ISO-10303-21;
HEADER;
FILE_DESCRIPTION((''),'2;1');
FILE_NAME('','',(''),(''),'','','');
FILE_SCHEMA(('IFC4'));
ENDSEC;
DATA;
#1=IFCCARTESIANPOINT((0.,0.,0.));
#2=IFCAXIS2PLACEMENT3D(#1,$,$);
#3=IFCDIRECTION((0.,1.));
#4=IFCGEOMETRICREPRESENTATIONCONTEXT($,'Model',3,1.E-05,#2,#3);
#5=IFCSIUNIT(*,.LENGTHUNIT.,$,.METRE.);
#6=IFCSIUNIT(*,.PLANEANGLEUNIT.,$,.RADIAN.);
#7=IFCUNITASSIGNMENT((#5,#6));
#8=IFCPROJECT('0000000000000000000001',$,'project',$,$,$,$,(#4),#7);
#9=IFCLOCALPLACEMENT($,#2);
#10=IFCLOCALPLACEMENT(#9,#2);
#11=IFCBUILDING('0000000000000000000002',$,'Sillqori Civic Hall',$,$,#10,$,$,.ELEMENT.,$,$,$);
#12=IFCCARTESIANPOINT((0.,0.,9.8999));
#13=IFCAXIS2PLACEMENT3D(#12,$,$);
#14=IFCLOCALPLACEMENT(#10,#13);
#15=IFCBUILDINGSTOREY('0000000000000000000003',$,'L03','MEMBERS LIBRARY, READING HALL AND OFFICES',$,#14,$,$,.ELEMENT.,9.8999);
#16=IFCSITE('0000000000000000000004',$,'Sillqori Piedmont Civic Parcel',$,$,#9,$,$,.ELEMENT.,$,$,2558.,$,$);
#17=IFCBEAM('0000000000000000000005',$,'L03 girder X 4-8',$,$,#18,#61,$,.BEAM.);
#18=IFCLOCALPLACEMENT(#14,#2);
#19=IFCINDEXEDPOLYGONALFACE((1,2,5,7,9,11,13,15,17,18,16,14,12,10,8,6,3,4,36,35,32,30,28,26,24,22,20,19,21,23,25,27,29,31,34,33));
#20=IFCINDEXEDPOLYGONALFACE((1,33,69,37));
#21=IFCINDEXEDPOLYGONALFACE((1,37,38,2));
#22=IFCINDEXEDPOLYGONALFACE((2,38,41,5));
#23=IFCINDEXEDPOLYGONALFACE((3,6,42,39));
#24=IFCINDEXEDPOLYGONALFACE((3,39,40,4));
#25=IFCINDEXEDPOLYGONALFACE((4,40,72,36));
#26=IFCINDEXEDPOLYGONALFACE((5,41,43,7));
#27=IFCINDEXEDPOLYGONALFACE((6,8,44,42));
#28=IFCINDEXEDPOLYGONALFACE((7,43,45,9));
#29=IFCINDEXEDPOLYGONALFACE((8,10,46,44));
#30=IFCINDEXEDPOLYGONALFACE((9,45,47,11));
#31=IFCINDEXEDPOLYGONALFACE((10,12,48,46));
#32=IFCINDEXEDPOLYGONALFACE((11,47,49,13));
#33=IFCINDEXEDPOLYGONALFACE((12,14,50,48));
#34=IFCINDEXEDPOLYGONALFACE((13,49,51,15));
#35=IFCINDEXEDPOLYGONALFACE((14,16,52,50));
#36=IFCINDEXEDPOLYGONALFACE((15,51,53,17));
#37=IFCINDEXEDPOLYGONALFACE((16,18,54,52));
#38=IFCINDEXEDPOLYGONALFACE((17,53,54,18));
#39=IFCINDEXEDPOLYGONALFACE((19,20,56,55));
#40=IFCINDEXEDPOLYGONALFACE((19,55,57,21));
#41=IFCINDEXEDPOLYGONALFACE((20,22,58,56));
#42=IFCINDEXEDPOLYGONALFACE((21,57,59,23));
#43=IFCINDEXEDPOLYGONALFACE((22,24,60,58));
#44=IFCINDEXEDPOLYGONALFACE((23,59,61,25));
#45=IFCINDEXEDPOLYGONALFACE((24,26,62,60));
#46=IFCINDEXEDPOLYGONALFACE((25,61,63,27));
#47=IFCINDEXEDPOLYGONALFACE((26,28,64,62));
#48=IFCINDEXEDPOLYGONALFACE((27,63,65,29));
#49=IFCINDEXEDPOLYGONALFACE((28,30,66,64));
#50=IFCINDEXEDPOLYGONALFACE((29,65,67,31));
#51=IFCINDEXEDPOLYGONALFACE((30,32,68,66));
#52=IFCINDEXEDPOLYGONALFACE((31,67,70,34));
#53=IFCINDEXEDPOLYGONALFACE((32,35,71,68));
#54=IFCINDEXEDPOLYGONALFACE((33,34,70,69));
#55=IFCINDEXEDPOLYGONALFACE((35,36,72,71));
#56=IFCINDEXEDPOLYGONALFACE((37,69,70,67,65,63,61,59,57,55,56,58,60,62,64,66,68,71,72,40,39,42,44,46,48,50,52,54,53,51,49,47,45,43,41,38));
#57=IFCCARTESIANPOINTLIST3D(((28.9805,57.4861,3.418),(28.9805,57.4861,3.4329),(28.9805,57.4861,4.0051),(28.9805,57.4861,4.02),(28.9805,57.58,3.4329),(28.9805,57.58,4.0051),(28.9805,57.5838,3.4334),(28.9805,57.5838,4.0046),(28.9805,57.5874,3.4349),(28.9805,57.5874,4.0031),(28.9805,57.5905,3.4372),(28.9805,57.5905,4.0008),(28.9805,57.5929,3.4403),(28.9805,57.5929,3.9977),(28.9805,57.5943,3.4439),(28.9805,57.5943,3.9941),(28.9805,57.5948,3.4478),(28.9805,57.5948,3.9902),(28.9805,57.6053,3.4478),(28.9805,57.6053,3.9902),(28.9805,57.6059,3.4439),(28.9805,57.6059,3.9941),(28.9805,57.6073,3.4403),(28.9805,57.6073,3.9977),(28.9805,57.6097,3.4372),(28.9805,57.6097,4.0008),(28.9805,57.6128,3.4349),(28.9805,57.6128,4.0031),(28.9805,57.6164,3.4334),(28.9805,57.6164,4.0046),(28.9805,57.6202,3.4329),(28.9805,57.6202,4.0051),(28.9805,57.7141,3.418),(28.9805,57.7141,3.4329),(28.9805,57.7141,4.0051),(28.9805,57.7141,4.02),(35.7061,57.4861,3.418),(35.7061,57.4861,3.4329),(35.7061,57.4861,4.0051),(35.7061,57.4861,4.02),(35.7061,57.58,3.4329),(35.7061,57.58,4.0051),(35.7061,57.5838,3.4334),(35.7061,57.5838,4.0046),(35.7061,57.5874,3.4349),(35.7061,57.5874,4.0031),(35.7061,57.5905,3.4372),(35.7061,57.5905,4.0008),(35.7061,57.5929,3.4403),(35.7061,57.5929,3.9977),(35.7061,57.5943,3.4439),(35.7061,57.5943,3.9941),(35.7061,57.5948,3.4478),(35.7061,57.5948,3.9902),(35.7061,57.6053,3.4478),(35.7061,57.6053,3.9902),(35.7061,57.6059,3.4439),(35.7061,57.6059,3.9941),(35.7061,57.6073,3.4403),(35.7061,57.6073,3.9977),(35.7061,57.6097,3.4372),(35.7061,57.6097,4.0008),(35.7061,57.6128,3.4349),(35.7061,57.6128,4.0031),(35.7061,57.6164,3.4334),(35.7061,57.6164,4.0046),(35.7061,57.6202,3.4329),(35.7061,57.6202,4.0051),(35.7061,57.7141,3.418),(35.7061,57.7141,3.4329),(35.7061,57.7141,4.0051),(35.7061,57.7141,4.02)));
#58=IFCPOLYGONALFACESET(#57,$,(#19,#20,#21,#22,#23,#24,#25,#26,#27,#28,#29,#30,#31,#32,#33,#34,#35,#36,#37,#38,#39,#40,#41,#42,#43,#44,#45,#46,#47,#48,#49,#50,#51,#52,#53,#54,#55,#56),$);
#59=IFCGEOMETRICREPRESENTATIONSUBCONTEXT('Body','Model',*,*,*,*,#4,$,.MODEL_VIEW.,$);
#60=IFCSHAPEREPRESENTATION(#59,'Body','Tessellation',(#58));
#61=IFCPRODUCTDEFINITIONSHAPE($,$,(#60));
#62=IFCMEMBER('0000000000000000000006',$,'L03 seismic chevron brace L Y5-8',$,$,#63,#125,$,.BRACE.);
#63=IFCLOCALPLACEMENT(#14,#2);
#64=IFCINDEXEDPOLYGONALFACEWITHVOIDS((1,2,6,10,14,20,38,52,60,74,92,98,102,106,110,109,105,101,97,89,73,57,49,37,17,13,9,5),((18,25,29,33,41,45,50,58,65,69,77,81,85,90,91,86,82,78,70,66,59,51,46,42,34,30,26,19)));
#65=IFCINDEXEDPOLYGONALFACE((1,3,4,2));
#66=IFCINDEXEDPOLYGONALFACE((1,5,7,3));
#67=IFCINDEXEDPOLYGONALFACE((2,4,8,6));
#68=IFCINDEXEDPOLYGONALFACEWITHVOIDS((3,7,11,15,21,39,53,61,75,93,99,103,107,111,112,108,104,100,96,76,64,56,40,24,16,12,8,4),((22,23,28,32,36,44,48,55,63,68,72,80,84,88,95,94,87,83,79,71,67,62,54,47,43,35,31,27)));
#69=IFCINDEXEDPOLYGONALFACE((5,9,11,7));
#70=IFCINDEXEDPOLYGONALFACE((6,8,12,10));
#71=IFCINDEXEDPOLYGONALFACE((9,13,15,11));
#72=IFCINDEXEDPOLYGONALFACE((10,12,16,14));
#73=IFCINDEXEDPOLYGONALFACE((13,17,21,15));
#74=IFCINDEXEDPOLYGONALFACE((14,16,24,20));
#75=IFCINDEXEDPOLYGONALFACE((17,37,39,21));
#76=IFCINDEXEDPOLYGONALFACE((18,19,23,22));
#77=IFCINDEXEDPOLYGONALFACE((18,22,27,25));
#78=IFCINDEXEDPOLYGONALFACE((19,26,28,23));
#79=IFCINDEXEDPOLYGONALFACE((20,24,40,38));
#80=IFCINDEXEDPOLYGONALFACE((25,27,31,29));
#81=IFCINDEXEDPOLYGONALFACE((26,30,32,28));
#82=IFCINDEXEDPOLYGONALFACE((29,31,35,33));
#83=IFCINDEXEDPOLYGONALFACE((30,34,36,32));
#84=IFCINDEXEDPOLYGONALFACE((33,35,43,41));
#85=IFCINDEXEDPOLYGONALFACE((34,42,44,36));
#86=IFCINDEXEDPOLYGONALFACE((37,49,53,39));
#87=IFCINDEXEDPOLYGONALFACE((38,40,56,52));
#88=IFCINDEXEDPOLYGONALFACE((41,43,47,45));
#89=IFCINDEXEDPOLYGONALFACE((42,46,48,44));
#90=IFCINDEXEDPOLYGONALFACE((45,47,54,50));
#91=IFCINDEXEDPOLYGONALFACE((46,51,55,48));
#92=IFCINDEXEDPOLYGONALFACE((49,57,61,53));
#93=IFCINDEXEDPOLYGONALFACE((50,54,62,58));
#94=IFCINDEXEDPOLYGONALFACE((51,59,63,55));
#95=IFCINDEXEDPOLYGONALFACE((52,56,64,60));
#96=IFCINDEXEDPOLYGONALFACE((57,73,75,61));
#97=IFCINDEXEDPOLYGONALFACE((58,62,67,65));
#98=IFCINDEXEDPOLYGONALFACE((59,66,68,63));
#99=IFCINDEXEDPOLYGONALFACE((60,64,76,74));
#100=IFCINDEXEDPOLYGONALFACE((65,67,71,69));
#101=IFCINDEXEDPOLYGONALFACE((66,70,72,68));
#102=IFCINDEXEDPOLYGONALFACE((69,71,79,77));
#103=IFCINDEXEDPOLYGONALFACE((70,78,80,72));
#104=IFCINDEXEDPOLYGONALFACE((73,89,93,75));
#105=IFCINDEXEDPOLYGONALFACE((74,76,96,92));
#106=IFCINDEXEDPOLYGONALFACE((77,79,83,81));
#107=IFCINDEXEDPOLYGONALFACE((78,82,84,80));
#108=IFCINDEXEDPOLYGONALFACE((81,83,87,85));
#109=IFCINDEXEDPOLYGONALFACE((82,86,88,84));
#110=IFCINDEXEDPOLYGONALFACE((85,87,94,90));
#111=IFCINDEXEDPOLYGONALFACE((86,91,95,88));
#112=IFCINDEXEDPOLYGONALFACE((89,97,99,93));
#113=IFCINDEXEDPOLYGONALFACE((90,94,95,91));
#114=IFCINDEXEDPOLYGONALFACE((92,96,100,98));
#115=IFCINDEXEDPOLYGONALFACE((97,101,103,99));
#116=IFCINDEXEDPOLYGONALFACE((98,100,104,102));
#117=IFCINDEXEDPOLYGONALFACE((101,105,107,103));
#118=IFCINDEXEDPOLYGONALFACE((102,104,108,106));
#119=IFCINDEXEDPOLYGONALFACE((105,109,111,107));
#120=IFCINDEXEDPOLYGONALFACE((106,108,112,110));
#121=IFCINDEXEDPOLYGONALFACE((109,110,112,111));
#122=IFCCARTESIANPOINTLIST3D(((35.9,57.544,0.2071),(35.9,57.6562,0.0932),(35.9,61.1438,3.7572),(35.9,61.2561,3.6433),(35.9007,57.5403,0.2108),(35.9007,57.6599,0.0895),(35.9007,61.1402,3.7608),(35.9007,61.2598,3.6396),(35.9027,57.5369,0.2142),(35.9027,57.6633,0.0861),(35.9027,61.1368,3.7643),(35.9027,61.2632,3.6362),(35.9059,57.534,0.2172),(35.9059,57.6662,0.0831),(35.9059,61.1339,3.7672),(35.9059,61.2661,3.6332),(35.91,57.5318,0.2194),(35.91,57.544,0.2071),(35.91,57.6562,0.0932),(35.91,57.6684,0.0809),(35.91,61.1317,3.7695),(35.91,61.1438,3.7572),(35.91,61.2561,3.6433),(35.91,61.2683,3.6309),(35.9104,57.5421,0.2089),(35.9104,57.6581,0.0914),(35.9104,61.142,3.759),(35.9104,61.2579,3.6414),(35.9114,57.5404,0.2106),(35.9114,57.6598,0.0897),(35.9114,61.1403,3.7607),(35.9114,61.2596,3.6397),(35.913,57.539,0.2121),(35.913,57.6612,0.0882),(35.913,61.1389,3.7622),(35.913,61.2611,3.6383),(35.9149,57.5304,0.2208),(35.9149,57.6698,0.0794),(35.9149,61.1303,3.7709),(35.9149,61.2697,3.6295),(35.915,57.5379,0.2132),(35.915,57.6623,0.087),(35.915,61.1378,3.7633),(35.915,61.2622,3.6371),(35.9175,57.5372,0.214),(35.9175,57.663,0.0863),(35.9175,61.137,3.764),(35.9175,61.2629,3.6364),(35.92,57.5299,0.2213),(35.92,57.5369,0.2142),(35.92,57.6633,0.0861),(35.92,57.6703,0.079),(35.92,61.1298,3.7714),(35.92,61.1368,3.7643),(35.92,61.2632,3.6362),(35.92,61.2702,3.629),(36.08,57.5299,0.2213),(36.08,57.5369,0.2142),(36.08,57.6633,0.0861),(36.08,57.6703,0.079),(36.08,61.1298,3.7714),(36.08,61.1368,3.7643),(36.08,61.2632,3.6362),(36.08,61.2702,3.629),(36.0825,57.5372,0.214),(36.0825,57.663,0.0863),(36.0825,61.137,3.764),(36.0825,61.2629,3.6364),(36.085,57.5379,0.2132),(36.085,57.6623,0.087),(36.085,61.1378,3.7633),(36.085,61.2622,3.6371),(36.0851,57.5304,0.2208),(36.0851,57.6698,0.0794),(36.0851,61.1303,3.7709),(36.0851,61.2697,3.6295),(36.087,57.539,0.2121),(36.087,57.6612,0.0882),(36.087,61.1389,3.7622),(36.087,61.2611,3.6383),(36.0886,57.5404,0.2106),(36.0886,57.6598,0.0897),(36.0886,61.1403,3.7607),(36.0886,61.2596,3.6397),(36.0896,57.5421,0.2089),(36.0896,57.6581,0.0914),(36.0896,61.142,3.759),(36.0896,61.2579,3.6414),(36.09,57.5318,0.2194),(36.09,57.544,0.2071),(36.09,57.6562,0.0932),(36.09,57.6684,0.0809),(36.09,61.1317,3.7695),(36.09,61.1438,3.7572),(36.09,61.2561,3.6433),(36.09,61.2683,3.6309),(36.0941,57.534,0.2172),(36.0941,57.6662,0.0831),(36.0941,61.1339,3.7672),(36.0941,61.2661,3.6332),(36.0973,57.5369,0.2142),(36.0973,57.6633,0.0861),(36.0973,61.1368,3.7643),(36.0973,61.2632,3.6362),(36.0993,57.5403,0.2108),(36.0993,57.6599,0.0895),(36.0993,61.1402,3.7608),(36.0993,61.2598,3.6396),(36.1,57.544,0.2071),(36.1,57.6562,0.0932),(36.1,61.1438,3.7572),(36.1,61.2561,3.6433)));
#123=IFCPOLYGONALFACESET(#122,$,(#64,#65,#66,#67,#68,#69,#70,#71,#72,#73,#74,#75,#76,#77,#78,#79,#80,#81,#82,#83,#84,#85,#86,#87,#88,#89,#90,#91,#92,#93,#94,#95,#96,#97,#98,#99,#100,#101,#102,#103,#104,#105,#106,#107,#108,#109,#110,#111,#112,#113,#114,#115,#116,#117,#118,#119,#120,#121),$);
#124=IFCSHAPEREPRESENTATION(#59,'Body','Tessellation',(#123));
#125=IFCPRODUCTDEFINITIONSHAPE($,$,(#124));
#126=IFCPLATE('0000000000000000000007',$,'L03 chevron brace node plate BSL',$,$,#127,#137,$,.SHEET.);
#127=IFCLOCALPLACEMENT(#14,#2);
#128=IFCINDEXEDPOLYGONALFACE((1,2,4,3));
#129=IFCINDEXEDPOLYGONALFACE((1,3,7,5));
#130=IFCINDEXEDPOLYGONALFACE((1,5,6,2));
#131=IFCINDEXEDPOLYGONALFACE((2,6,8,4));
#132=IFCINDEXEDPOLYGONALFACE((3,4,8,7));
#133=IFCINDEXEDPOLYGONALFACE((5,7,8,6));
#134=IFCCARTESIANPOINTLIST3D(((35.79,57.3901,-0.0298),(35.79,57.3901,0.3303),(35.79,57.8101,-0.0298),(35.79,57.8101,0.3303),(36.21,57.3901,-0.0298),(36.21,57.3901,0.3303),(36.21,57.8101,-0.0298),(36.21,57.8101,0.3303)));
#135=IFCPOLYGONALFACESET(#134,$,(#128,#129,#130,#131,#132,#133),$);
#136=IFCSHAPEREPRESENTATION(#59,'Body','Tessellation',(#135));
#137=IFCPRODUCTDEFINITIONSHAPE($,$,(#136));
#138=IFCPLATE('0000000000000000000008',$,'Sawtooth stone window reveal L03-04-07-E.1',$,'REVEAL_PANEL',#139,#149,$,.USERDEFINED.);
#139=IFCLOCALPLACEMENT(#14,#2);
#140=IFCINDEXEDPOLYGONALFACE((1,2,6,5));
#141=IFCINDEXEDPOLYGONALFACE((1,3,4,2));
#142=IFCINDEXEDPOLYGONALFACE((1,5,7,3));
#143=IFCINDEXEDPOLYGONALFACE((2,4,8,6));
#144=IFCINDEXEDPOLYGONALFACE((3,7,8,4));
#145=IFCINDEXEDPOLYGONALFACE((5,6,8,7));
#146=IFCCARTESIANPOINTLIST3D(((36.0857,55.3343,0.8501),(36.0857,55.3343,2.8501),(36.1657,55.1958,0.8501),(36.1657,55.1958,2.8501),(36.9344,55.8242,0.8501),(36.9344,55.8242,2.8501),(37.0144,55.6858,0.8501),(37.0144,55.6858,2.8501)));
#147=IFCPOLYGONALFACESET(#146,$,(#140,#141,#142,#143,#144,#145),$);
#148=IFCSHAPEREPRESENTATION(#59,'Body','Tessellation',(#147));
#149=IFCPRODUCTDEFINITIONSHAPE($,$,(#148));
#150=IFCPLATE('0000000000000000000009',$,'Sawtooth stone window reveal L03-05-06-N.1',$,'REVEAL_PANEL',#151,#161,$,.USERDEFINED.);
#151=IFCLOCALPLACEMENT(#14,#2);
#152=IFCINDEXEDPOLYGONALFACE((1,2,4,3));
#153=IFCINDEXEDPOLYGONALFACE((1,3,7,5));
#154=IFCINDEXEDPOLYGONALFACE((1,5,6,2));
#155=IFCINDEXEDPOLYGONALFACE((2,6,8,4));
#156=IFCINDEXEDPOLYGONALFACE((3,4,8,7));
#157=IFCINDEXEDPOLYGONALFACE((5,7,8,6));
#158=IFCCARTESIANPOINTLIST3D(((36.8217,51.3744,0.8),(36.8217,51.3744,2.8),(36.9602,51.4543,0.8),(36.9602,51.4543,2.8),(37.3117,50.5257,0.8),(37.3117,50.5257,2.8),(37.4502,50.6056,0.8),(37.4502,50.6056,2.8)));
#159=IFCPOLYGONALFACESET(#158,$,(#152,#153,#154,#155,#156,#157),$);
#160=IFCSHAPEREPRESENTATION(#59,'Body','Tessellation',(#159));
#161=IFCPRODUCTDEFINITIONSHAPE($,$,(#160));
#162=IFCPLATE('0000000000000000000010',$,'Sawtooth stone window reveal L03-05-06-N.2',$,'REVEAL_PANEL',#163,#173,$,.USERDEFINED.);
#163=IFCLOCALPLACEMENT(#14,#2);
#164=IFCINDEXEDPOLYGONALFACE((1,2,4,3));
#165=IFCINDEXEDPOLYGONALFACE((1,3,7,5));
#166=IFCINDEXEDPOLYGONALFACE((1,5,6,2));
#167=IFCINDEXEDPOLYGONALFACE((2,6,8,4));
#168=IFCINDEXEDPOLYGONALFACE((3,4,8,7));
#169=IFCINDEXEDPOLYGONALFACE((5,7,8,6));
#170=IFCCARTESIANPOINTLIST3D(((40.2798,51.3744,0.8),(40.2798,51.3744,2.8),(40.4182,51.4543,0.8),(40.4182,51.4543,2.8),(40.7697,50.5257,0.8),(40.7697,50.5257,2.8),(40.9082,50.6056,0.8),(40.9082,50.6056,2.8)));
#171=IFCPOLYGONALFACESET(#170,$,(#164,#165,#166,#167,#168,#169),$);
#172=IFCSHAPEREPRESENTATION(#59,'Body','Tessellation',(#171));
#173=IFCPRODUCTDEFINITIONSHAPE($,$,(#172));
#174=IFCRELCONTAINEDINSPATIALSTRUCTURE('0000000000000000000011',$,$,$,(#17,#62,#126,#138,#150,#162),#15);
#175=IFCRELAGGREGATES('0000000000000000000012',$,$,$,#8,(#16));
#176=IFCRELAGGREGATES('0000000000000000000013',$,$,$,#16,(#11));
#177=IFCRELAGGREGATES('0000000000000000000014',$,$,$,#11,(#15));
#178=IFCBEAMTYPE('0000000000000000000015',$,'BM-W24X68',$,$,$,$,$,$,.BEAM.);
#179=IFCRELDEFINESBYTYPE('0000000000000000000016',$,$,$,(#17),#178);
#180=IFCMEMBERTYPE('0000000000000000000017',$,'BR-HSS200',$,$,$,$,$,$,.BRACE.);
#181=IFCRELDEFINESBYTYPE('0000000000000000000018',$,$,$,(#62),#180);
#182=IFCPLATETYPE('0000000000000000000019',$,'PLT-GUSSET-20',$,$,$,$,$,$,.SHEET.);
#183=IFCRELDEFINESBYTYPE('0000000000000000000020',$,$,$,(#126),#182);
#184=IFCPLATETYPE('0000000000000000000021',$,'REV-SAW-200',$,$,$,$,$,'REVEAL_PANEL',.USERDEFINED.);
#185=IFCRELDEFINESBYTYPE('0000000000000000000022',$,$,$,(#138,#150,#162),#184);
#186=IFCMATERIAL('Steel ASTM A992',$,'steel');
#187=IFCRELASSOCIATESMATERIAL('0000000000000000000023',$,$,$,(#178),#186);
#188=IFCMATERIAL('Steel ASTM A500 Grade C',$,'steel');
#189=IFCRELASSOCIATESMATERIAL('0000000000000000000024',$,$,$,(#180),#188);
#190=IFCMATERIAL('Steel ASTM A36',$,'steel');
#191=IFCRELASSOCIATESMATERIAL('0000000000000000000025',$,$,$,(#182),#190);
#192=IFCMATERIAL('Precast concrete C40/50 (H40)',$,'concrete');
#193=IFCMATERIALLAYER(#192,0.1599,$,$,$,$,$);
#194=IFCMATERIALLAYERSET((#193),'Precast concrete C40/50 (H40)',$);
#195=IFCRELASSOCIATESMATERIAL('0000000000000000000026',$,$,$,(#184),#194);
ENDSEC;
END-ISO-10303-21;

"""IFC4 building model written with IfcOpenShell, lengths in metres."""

from ifc_helpers import new_model, si_unit, direction, frame, origin, origin_2d, place, context, subcontext, project, spatial, rectangle, hollow_rectangle, i_section, extrude, material, layer, layer_set, material_profile, profile_set, type_object, element, save


model = new_model("IFC4")

# Units and contexts
model_context = context("Model", 3, precision=1e-05, world=origin(), true_north=direction((0.0, 1.0)))
body_context = subcontext(model_context, "Body", "Model", "MODEL_VIEW")
ifc_project = project(units=[si_unit("LENGTHUNIT", "METRE"), si_unit("PLANEANGLEUNIT", "RADIAN")], contexts=[model_context])

# Site, building, storey
site_placement = place(None, origin())
site = spatial("IfcSite", under=ifc_project, at=site_placement, Name="Sillqori Piedmont Civic Parcel", CompositionType="ELEMENT", RefElevation=2558.0)
building_placement = place(site_placement, origin())
building = spatial("IfcBuilding", under=site, at=building_placement, Name="Sillqori Civic Hall", CompositionType="ELEMENT")
storey_placement = place(building_placement, frame((0.0, 0.0, 9.8999)))
storey = spatial("IfcBuildingStorey", under=building, at=storey_placement, Name="L03", Description="MEMBERS LIBRARY, READING HALL AND OFFICES", CompositionType="ELEMENT", Elevation=9.8999)

# Beam
ifc_material_1 = material(Name="Steel ASTM A992", Category="steel")
ifc_material_profile_1 = material_profile(ifc_material_1, i_section(OverallWidth=0.228, OverallDepth=0.6021, WebThickness=0.0105, FlangeThickness=0.0149, FilletRadius=0.0149, at=origin_2d()), Name="W24X68")
ifc_profile_set_1 = profile_set([ifc_material_profile_1], Name="Steel ASTM A992")
beam_type_1 = type_object("IfcBeamType", Name="BM-W24X68", PredefinedType="BEAM", material=ifc_profile_set_1)
beam_1_placement = place(storey_placement, frame((28.9805, 57.6001, 3.719), z_axis=(1.0, 0.0, 0.0), x_axis=(0.0, 1.0, 0.0)))
element("IfcBeam", 1, at=beam_1_placement, inside=storey, type_object=beam_type_1, Name="L03 girder X 4-8", PredefinedType="BEAM", context=body_context, shape_type="SweptSolid", body=[
    extrude(i_section(OverallWidth=0.228, OverallDepth=0.6021, WebThickness=0.0105, FlangeThickness=0.0149, FilletRadius=0.0149, at=origin_2d()), origin(), (0.0, 0.0, 1.0), 6.7256),
])

# Member
ifc_material_2 = material(Name="Steel ASTM A500 Grade C", Category="steel")
ifc_material_profile_2 = material_profile(ifc_material_2, hollow_rectangle(XDim=0.2, YDim=0.2, WallThickness=0.01, InnerFilletRadius=0.01, OuterFilletRadius=0.02, at=origin_2d()), Name="HSS200X200X10")
ifc_profile_set_2 = profile_set([ifc_material_profile_2], Name="Steel ASTM A500 Grade C")
member_type = type_object("IfcMemberType", Name="BR-HSS200", PredefinedType="BRACE", material=ifc_profile_set_2)
member_placement = place(storey_placement, frame((36.0, 57.6001, 0.1501), z_axis=(0.0, 0.712015, 0.702164), x_axis=(-1.0, 0.0, 0.0)))
element("IfcMember", 2, at=member_placement, inside=storey, type_object=member_type, Name="L03 seismic chevron brace L Y5-8", PredefinedType="BRACE", context=body_context, shape_type="SweptSolid", body=[
    extrude(hollow_rectangle(XDim=0.2, YDim=0.2, WallThickness=0.01, InnerFilletRadius=0.01, OuterFilletRadius=0.02, at=origin_2d()), origin(), (0.0, 0.0, 1.0), 5.0559),
])

# Plates
ifc_material_3 = material(Name="Steel ASTM A36", Category="steel")
plate_type_1 = type_object("IfcPlateType", Name="PLT-GUSSET-20", PredefinedType="SHEET", material=ifc_material_3)
plate_placement = place(storey_placement, frame((36.0, 57.6001, -0.0298), z_axis=(0.0, 0.0, 1.0), x_axis=(1.0, 0.0, 0.0)))
element("IfcPlate", 3, at=plate_placement, inside=storey, type_object=plate_type_1, Name="L03 chevron brace node plate BSL", PredefinedType="SHEET", context=body_context, shape_type="SweptSolid", body=[
    extrude(rectangle(XDim=0.4199, YDim=0.4199, at=origin_2d()), origin(), (0.0, 0.0, 1.0), 0.3601),
])
ifc_material_4 = material(Name="Precast concrete C40/50 (H40)", Category="concrete")
ifc_layer_1 = layer(ifc_material_4, 0.1599)
ifc_layer_set_1 = layer_set([ifc_layer_1], Name="Precast concrete C40/50 (H40)")
plate_type_2 = type_object("IfcPlateType", Name="REV-SAW-200", ElementType="REVEAL_PANEL", PredefinedType="USERDEFINED", material=ifc_layer_set_1)
for number, where, z_axis, x_axis, name in (
    (4, (36.55, 55.51, 0.8501), (0.0, 0.0, 1.0), (0.5, -0.866025, 0.0), "Sawtooth stone window reveal L03-04-07-E.1"),
    (5, (37.136, 50.99, 0.8), (0.0, 0.0, 1.0), (0.866025, 0.5, 0.0), "Sawtooth stone window reveal L03-05-06-N.1"),
    (6, (40.594, 50.99, 0.8), (0.0, 0.0, 1.0), (0.866025, 0.5, 0.0), "Sawtooth stone window reveal L03-05-06-N.2"),
):
    element("IfcPlate", number, at=place(storey_placement, frame(where, z_axis=z_axis, x_axis=x_axis)), inside=storey, type_object=plate_type_2, Name=name, ObjectType="REVEAL_PANEL", PredefinedType="USERDEFINED", context=body_context, shape_type="SweptSolid", body=[
        extrude(rectangle(XDim=0.1599, YDim=0.98, at=origin_2d()), origin(), (0.0, 0.0, 1.0), 2.0),
    ])

save(model, "model.ifc")
